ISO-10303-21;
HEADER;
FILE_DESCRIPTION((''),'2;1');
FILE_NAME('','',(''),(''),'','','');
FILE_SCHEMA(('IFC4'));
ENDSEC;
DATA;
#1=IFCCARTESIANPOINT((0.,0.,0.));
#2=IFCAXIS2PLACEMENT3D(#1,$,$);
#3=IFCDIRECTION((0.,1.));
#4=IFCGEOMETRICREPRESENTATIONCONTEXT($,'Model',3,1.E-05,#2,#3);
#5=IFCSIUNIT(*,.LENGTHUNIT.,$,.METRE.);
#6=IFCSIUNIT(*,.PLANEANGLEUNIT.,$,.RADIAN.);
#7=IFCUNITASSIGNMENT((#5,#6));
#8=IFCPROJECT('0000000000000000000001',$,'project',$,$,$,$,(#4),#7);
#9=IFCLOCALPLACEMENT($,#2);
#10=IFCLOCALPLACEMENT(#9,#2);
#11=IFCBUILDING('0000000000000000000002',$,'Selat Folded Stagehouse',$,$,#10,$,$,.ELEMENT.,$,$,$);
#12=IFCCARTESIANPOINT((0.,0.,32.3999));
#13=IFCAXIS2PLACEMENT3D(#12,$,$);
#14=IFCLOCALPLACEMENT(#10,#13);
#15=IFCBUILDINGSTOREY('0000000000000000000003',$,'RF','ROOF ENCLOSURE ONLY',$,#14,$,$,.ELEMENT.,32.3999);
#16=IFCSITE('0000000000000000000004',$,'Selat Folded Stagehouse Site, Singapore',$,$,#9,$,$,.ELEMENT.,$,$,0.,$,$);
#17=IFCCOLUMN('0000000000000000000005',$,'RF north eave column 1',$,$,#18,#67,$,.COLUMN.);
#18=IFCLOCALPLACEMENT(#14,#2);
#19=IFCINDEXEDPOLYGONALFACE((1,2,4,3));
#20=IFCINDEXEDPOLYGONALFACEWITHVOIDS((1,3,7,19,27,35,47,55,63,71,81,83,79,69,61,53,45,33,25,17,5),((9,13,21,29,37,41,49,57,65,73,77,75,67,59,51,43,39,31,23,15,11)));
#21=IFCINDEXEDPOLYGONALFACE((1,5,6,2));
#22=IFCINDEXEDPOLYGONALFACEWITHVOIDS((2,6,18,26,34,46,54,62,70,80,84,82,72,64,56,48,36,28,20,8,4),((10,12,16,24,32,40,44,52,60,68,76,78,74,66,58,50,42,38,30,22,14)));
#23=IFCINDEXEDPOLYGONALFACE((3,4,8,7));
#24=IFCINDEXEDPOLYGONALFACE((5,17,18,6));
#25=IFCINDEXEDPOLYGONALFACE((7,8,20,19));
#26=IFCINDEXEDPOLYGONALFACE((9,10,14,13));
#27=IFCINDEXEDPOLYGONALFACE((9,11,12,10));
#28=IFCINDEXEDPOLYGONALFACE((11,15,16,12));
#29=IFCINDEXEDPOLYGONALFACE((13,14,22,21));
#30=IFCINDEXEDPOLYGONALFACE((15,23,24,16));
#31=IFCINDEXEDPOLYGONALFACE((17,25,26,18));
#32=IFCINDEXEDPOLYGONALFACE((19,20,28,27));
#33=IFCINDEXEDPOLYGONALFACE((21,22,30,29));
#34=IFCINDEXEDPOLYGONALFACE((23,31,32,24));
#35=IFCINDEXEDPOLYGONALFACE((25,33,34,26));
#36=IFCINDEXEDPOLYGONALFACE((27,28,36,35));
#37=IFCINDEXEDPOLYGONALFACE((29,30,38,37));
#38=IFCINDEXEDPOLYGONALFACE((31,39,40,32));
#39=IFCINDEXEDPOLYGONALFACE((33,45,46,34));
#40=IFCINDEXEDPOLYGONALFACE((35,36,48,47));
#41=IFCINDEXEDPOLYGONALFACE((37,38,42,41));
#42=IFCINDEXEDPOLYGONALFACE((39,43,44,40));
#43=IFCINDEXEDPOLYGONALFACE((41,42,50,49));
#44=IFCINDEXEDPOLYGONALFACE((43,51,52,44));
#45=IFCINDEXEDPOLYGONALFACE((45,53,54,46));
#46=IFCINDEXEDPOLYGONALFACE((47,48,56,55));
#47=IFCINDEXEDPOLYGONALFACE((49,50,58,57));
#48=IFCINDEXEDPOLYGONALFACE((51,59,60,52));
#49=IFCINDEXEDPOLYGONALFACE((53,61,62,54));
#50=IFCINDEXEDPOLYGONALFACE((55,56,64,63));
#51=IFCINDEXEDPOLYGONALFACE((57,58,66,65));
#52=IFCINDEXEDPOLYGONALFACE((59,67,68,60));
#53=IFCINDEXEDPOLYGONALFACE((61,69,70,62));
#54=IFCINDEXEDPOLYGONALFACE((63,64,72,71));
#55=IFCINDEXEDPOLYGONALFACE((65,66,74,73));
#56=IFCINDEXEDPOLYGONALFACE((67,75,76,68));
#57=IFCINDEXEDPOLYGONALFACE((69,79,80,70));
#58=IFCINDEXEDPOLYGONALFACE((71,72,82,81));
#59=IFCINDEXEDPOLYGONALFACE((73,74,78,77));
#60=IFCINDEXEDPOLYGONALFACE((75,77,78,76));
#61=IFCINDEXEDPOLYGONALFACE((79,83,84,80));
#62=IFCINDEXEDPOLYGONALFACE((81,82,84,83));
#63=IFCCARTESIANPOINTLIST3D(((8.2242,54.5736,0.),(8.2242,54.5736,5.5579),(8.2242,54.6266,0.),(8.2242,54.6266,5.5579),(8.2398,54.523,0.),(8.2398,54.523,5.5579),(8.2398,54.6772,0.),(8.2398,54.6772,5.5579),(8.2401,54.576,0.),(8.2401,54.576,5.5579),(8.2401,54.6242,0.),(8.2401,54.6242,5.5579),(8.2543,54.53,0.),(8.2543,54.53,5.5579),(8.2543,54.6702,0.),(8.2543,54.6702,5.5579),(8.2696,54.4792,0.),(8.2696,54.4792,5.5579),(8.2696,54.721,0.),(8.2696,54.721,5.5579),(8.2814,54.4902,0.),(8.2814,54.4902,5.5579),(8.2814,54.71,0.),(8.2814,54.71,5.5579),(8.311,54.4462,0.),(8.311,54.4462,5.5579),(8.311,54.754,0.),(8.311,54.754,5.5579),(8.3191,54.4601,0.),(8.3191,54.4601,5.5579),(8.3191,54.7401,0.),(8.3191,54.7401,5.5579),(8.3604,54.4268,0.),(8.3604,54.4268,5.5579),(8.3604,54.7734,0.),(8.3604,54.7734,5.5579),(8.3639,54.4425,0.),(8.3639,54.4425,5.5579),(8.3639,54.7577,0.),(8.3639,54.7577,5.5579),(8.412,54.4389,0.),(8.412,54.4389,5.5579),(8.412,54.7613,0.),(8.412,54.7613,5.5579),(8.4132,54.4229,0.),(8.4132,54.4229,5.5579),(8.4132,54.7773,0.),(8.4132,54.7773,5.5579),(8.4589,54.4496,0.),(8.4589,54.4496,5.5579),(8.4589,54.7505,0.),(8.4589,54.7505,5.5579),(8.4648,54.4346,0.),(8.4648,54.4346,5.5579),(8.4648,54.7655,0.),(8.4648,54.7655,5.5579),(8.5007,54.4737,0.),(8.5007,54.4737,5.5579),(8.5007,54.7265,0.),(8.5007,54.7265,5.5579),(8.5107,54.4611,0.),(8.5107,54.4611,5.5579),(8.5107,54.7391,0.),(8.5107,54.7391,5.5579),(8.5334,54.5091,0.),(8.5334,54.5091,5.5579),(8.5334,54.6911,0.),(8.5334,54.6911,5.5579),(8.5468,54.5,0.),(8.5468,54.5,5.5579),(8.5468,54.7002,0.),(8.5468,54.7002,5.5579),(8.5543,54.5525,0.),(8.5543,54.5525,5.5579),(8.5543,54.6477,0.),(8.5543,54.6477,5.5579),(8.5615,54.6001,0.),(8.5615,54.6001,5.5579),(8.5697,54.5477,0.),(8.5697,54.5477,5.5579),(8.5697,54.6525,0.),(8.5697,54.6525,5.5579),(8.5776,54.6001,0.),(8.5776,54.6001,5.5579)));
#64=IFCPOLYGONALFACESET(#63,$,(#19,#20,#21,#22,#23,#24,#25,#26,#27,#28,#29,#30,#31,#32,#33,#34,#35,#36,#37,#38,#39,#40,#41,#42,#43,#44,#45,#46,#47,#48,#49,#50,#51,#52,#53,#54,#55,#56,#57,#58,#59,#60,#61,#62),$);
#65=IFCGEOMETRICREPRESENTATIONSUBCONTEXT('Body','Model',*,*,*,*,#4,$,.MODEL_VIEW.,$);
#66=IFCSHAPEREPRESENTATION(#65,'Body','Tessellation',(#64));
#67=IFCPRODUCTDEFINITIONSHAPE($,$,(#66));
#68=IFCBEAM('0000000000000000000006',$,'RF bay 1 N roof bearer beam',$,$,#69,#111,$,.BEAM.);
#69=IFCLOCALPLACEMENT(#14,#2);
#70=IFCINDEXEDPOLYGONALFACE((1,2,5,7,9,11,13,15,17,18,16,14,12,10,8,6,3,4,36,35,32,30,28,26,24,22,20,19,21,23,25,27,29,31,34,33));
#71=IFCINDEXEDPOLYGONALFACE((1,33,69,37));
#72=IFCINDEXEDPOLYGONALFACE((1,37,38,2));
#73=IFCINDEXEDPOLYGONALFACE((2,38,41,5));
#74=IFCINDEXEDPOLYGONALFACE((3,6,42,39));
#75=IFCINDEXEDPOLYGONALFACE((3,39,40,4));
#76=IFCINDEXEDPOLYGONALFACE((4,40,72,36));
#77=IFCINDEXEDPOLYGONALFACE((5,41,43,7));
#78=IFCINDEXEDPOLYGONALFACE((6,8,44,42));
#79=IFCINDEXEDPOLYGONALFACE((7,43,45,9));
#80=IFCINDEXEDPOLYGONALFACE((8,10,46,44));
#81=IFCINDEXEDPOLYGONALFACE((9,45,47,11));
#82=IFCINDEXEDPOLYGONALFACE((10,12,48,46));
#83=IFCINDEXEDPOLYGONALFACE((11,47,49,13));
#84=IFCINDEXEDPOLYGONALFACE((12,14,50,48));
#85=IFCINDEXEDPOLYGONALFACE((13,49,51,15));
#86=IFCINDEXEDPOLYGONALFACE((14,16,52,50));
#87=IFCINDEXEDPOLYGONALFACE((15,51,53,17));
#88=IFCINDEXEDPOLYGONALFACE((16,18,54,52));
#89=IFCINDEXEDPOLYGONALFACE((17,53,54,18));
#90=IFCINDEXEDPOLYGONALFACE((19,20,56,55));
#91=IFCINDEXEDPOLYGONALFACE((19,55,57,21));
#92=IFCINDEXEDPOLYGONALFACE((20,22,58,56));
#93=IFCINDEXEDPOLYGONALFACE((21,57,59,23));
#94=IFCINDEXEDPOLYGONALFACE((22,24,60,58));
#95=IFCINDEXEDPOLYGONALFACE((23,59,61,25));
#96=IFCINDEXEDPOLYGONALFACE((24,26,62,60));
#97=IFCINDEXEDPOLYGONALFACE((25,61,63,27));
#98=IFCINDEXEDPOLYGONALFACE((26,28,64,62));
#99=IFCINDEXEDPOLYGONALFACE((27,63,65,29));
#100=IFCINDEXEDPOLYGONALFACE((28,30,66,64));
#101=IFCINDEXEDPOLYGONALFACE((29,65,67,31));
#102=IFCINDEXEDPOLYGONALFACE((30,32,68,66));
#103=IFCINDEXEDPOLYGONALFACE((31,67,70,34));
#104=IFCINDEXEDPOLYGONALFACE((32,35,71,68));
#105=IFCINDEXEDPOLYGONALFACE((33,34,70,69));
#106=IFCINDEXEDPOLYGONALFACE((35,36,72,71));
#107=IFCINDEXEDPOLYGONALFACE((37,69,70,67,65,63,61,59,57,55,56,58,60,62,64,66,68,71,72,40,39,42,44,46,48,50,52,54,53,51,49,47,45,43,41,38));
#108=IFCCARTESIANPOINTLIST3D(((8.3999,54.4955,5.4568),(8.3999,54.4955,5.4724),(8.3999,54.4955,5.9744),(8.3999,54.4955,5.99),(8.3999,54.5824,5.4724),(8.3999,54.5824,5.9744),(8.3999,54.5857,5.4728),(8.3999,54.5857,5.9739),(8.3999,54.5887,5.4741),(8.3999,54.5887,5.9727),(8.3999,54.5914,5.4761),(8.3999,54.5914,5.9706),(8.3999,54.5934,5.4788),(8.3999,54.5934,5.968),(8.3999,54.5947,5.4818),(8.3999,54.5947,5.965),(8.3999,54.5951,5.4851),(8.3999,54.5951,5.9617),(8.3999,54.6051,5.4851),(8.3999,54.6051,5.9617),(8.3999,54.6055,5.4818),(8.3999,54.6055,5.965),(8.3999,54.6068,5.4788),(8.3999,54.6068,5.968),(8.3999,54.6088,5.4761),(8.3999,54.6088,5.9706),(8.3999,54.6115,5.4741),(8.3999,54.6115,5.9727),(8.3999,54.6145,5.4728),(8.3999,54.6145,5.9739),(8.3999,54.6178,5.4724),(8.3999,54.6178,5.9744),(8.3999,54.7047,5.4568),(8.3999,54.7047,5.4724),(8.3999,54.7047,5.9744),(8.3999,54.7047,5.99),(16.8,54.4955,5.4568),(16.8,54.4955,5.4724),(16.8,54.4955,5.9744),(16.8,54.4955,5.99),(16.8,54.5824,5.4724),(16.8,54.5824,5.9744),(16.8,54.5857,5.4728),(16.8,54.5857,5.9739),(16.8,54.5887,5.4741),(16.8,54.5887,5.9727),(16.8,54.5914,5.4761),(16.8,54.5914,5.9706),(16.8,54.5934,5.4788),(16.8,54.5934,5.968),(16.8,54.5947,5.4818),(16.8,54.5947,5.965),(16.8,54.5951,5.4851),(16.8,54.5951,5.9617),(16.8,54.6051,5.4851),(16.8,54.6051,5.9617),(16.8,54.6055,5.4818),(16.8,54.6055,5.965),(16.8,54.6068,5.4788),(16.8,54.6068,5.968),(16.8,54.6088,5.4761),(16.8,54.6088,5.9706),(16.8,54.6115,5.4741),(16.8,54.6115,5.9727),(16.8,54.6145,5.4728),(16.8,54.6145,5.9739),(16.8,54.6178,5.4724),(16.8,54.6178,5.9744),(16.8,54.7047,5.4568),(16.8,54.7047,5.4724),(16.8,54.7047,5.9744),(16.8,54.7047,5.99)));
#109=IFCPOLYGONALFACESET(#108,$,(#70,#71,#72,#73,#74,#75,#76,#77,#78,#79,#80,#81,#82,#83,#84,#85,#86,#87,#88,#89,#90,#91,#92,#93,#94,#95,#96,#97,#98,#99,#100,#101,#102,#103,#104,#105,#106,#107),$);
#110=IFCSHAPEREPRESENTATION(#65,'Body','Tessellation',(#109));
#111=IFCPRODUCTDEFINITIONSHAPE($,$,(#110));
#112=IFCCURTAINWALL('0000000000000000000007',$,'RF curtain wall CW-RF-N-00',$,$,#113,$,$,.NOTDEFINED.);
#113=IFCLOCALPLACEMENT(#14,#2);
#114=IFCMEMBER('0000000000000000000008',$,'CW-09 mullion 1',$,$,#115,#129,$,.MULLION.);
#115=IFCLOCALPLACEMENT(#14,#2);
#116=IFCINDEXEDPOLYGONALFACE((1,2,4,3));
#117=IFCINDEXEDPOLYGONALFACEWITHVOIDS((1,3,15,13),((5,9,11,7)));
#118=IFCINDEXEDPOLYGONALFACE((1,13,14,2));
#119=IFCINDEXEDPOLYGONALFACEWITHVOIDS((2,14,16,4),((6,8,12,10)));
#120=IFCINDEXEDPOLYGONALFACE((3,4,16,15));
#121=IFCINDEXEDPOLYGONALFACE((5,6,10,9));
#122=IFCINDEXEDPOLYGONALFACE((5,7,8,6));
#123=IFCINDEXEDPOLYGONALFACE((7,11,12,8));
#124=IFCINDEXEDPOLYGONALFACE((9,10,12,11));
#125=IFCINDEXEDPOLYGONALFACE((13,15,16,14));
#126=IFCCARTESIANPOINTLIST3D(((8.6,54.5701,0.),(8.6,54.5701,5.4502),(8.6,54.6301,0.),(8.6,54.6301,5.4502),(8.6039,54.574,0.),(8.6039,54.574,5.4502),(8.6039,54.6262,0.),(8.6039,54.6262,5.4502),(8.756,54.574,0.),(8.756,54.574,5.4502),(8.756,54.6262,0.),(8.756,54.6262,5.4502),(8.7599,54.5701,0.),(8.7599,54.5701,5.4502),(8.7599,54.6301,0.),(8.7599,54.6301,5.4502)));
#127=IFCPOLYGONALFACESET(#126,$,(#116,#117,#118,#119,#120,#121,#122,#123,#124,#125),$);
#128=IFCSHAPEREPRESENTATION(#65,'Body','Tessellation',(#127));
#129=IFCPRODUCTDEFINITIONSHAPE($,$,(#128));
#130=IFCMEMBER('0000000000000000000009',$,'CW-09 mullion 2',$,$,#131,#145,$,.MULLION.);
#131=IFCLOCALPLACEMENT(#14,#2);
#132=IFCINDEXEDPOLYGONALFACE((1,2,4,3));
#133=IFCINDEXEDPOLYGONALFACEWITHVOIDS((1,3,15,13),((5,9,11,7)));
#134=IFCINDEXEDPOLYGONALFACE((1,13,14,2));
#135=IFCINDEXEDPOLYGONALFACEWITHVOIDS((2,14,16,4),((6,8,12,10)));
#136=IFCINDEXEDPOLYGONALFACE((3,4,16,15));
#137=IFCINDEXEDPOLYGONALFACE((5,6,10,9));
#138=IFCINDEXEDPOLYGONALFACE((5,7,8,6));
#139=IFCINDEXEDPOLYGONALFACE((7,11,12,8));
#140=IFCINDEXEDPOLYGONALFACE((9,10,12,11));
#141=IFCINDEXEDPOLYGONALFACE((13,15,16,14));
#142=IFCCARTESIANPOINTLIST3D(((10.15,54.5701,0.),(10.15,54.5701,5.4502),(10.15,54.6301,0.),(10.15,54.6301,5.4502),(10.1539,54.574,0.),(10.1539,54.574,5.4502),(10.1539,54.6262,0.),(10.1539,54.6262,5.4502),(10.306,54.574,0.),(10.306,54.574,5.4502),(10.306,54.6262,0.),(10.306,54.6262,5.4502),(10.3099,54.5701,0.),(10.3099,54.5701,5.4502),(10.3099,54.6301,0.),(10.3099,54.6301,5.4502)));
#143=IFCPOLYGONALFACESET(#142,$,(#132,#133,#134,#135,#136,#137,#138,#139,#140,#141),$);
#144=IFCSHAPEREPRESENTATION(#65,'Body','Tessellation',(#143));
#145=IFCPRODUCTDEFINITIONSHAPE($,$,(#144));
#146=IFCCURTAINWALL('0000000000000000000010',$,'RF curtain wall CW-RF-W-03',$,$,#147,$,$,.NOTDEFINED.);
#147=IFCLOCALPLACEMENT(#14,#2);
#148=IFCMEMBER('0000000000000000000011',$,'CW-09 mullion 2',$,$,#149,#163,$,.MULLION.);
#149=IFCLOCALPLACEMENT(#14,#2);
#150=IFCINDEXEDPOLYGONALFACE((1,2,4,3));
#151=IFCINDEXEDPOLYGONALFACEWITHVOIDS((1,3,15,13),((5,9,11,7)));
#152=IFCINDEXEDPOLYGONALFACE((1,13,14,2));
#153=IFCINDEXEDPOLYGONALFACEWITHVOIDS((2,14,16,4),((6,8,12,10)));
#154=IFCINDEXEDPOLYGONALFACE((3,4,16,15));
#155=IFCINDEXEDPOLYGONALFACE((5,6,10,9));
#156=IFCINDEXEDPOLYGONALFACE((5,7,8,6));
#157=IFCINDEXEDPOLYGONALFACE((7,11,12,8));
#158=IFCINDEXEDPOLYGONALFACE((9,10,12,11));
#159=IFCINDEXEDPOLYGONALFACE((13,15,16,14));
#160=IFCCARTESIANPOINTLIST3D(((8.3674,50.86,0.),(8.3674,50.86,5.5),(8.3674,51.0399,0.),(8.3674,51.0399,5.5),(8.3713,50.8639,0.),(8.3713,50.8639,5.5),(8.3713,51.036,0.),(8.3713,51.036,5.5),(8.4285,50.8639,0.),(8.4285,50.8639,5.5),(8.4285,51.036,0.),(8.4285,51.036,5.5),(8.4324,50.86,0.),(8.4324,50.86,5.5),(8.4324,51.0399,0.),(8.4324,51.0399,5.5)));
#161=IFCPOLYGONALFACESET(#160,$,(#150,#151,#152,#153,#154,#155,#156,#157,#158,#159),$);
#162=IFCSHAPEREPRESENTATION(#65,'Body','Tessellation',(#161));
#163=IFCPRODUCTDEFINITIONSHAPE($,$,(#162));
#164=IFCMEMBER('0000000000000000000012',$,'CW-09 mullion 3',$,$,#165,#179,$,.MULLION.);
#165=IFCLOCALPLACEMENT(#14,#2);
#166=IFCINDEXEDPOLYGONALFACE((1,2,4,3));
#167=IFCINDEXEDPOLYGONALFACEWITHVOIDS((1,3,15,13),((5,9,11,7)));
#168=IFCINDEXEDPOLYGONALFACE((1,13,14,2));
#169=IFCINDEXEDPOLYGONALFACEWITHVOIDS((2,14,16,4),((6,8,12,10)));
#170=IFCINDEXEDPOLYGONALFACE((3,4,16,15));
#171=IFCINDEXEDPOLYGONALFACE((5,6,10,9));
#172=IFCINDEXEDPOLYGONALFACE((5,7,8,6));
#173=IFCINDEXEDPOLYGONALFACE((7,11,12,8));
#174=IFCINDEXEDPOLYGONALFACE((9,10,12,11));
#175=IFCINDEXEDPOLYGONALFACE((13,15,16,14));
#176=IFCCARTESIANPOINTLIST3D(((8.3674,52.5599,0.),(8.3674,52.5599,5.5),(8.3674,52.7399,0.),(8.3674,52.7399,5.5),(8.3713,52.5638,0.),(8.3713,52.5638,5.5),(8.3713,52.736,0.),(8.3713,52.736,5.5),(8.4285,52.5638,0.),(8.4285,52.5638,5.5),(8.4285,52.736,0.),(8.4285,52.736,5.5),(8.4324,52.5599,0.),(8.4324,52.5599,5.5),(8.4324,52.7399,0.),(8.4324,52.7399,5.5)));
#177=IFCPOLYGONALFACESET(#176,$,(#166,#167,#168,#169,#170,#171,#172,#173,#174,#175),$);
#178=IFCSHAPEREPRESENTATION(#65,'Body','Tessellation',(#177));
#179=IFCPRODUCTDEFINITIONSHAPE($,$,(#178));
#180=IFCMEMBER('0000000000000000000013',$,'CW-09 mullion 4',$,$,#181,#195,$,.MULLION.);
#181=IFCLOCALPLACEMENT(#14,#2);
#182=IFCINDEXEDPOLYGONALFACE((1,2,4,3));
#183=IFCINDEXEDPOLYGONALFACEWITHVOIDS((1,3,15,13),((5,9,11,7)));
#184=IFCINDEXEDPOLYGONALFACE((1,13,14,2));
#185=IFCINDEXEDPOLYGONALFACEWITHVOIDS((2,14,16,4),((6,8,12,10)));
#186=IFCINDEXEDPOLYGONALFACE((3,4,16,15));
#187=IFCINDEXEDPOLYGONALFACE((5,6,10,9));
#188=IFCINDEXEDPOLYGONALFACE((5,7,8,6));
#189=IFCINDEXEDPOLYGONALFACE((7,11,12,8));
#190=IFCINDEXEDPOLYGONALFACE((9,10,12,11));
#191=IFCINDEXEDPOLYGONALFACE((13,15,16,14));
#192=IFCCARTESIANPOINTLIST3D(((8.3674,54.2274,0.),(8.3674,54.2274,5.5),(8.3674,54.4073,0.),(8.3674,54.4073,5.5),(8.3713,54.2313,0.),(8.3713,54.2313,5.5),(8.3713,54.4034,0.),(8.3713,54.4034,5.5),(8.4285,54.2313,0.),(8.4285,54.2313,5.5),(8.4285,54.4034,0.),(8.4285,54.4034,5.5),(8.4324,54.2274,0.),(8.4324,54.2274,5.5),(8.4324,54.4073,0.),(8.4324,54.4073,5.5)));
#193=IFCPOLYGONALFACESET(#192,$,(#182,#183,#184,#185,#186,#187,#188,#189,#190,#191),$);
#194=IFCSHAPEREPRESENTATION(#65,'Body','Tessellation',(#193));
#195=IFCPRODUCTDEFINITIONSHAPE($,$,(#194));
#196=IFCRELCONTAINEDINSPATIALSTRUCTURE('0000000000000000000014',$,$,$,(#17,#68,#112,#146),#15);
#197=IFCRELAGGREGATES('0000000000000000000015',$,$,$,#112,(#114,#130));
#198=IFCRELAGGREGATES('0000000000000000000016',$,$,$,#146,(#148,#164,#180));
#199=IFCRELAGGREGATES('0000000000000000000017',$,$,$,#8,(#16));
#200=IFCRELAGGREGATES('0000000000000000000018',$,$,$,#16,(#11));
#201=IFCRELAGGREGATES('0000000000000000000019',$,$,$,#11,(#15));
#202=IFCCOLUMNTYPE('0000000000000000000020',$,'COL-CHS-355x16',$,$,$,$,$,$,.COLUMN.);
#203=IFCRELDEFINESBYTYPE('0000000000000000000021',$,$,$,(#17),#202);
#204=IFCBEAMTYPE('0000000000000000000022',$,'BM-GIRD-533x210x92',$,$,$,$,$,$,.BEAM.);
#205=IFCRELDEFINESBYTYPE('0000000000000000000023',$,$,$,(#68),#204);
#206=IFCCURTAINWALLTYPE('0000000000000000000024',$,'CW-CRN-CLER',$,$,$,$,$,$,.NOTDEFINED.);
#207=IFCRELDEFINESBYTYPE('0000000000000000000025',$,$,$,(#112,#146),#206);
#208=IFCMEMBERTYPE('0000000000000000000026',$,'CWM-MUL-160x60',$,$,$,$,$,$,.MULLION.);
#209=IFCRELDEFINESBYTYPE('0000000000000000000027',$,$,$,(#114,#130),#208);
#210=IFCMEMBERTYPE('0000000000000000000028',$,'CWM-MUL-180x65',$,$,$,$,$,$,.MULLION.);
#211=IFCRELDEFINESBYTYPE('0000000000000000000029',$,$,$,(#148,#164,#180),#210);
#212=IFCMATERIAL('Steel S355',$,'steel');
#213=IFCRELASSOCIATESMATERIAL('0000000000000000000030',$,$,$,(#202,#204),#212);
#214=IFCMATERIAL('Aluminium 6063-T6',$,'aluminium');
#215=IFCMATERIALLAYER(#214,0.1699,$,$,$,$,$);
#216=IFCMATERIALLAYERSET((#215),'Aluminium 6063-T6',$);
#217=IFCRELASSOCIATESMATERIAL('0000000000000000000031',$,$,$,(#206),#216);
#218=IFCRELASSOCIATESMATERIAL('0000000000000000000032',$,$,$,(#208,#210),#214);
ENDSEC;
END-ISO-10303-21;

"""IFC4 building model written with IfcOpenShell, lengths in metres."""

from ifc_helpers import new_model, si_unit, direction, frame, origin, origin_2d, place, context, subcontext, project, spatial, hollow_rectangle, hollow_circle, i_section, extrude, material, layer, layer_set, material_profile, profile_set, type_object, element, aggregate, save


model = new_model("IFC4")

# Units and contexts
model_context = context("Model", 3, precision=1e-05, world=origin(), true_north=direction((0.0, 1.0)))
body_context = subcontext(model_context, "Body", "Model", "MODEL_VIEW")
ifc_project = project(units=[si_unit("LENGTHUNIT", "METRE"), si_unit("PLANEANGLEUNIT", "RADIAN")], contexts=[model_context])

# Site, building, storey
site_placement = place(None, origin())
site = spatial("IfcSite", under=ifc_project, at=site_placement, Name="Selat Folded Stagehouse Site, Singapore", CompositionType="ELEMENT", RefElevation=0.0)
building_placement = place(site_placement, origin())
building = spatial("IfcBuilding", under=site, at=building_placement, Name="Selat Folded Stagehouse", CompositionType="ELEMENT")
storey_placement = place(building_placement, frame((0.0, 0.0, 32.3999)))
storey = spatial("IfcBuildingStorey", under=building, at=storey_placement, Name="RF", Description="ROOF ENCLOSURE ONLY", CompositionType="ELEMENT", Elevation=32.3999)

# Column
ifc_material_1 = material(Name="Steel S355", Category="steel")
ifc_material_profile_1 = material_profile(ifc_material_1, hollow_circle(Radius=0.1777, WallThickness=0.0161, at=origin_2d()), Name="CHS 355.6x16.0")
ifc_profile_set_1 = profile_set([ifc_material_profile_1], Name="Steel S355")
column_type = type_object("IfcColumnType", Name="COL-CHS-355x16", PredefinedType="COLUMN", material=ifc_profile_set_1)
column_placement = place(storey_placement, frame((8.3999, 54.6001, 0.0), z_axis=(0.0, 0.0, 1.0), x_axis=(1.0, 0.0, 0.0)))
element("IfcColumn", 1, at=column_placement, inside=storey, type_object=column_type, Name="RF north eave column 1", PredefinedType="COLUMN", context=body_context, shape_type="SweptSolid", body=[
    extrude(hollow_circle(Radius=0.1777, WallThickness=0.0161, at=origin_2d()), origin(), (0.0, 0.0, 1.0), 5.5579),
])

# Beam
ifc_material_profile_2 = material_profile(ifc_material_1, i_section(OverallWidth=0.2092, OverallDepth=0.5332, WebThickness=0.01, FlangeThickness=0.0156, FilletRadius=0.0127, at=origin_2d()), Name="UKB 533x210x92")
ifc_profile_set_2 = profile_set([ifc_material_profile_2], Name="Steel S355")
beam_type = type_object("IfcBeamType", Name="BM-GIRD-533x210x92", PredefinedType="BEAM", material=ifc_profile_set_2)
beam_placement = place(storey_placement, frame((8.3999, 54.6001, 5.7234), z_axis=(1.0, 0.0, 0.0), x_axis=(0.0, 1.0, 0.0)))
element("IfcBeam", 2, at=beam_placement, inside=storey, type_object=beam_type, Name="RF bay 1 N roof bearer beam", PredefinedType="BEAM", context=body_context, shape_type="SweptSolid", body=[
    extrude(i_section(OverallWidth=0.2092, OverallDepth=0.5332, WebThickness=0.01, FlangeThickness=0.0156, FilletRadius=0.0127, at=origin_2d()), origin(), (0.0, 0.0, 1.0), 8.4001),
])

# Curtain walls, members
ifc_material_2 = material(Name="Aluminium 6063-T6", Category="aluminium")
ifc_layer_1 = layer(ifc_material_2, 0.1699)
ifc_layer_set_1 = layer_set([ifc_layer_1], Name="Aluminium 6063-T6")
curtain_wall_type = type_object("IfcCurtainWallType", Name="CW-CRN-CLER", PredefinedType="NOTDEFINED", material=ifc_layer_set_1)
curtain_wall_1_placement = place(storey_placement, origin())
curtain_wall_1 = element("IfcCurtainWall", 3, at=curtain_wall_1_placement, inside=storey, type_object=curtain_wall_type, Name="RF curtain wall CW-RF-N-00", PredefinedType="NOTDEFINED")
ifc_material_profile_3 = material_profile(ifc_material_2, hollow_rectangle(XDim=0.0601, YDim=0.1599, WallThickness=0.0039, at=origin_2d()), Name="ALU 160x60x4.0")
ifc_profile_set_3 = profile_set([ifc_material_profile_3], Name="Aluminium 6063-T6")
member_type_1 = type_object("IfcMemberType", Name="CWM-MUL-160x60", PredefinedType="MULLION", material=ifc_profile_set_3)
member_1_placement = place(storey_placement, frame((8.6799, 54.6001, 0.0), z_axis=(0.0, 0.0, 1.0), x_axis=(0.0, 1.0, 0.0)))
member_1 = element("IfcMember", 4, at=member_1_placement, type_object=member_type_1, Name="CW-09 mullion 1", PredefinedType="MULLION", context=body_context, shape_type="SweptSolid", body=[
    extrude(hollow_rectangle(XDim=0.0601, YDim=0.1599, WallThickness=0.0039, at=origin_2d()), origin(), (0.0, 0.0, 1.0), 5.4502),
])
member_2_placement = place(storey_placement, frame((10.23, 54.6001, 0.0), z_axis=(0.0, 0.0, 1.0), x_axis=(0.0, 1.0, 0.0)))
member_2 = element("IfcMember", 5, at=member_2_placement, type_object=member_type_1, Name="CW-09 mullion 2", PredefinedType="MULLION", context=body_context, shape_type="SweptSolid", body=[
    extrude(hollow_rectangle(XDim=0.0601, YDim=0.1599, WallThickness=0.0039, at=origin_2d()), origin(), (0.0, 0.0, 1.0), 5.4502),
])
curtain_wall_2_placement = place(storey_placement, origin())
curtain_wall_2 = element("IfcCurtainWall", 6, at=curtain_wall_2_placement, inside=storey, type_object=curtain_wall_type, Name="RF curtain wall CW-RF-W-03", PredefinedType="NOTDEFINED")
ifc_material_profile_4 = material_profile(ifc_material_2, hollow_rectangle(XDim=0.0649, YDim=0.1799, WallThickness=0.0039, at=origin_2d()), Name="ALU 180x65x4.0")
ifc_profile_set_4 = profile_set([ifc_material_profile_4], Name="Aluminium 6063-T6")
member_type_2 = type_object("IfcMemberType", Name="CWM-MUL-180x65", PredefinedType="MULLION", material=ifc_profile_set_4)
member_3_placement = place(storey_placement, frame((8.3999, 50.95, 0.0), z_axis=(0.0, 0.0, 1.0), x_axis=(-1.0, 0.0, 0.0)))
member_3 = element("IfcMember", 7, at=member_3_placement, type_object=member_type_2, Name="CW-09 mullion 2", PredefinedType="MULLION", context=body_context, shape_type="SweptSolid", body=[
    extrude(hollow_rectangle(XDim=0.0649, YDim=0.1799, WallThickness=0.0039, at=origin_2d()), origin(), (0.0, 0.0, 1.0), 5.5),
])
member_4_placement = place(storey_placement, frame((8.3999, 52.6499, 0.0), z_axis=(0.0, 0.0, 1.0), x_axis=(-1.0, 0.0, 0.0)))
member_4 = element("IfcMember", 8, at=member_4_placement, type_object=member_type_2, Name="CW-09 mullion 3", PredefinedType="MULLION", context=body_context, shape_type="SweptSolid", body=[
    extrude(hollow_rectangle(XDim=0.0649, YDim=0.1799, WallThickness=0.0039, at=origin_2d()), origin(), (0.0, 0.0, 1.0), 5.5),
])
member_5_placement = place(storey_placement, frame((8.3999, 54.3174, 0.0), z_axis=(0.0, 0.0, 1.0), x_axis=(-1.0, 0.0, 0.0)))
member_5 = element("IfcMember", 9, at=member_5_placement, type_object=member_type_2, Name="CW-09 mullion 4", PredefinedType="MULLION", context=body_context, shape_type="SweptSolid", body=[
    extrude(hollow_rectangle(XDim=0.0649, YDim=0.1799, WallThickness=0.0039, at=origin_2d()), origin(), (0.0, 0.0, 1.0), 5.5),
])

aggregate(curtain_wall_1, [member_1, member_2])
aggregate(curtain_wall_2, [member_3, member_4, member_5])

save(model, "model.ifc")
